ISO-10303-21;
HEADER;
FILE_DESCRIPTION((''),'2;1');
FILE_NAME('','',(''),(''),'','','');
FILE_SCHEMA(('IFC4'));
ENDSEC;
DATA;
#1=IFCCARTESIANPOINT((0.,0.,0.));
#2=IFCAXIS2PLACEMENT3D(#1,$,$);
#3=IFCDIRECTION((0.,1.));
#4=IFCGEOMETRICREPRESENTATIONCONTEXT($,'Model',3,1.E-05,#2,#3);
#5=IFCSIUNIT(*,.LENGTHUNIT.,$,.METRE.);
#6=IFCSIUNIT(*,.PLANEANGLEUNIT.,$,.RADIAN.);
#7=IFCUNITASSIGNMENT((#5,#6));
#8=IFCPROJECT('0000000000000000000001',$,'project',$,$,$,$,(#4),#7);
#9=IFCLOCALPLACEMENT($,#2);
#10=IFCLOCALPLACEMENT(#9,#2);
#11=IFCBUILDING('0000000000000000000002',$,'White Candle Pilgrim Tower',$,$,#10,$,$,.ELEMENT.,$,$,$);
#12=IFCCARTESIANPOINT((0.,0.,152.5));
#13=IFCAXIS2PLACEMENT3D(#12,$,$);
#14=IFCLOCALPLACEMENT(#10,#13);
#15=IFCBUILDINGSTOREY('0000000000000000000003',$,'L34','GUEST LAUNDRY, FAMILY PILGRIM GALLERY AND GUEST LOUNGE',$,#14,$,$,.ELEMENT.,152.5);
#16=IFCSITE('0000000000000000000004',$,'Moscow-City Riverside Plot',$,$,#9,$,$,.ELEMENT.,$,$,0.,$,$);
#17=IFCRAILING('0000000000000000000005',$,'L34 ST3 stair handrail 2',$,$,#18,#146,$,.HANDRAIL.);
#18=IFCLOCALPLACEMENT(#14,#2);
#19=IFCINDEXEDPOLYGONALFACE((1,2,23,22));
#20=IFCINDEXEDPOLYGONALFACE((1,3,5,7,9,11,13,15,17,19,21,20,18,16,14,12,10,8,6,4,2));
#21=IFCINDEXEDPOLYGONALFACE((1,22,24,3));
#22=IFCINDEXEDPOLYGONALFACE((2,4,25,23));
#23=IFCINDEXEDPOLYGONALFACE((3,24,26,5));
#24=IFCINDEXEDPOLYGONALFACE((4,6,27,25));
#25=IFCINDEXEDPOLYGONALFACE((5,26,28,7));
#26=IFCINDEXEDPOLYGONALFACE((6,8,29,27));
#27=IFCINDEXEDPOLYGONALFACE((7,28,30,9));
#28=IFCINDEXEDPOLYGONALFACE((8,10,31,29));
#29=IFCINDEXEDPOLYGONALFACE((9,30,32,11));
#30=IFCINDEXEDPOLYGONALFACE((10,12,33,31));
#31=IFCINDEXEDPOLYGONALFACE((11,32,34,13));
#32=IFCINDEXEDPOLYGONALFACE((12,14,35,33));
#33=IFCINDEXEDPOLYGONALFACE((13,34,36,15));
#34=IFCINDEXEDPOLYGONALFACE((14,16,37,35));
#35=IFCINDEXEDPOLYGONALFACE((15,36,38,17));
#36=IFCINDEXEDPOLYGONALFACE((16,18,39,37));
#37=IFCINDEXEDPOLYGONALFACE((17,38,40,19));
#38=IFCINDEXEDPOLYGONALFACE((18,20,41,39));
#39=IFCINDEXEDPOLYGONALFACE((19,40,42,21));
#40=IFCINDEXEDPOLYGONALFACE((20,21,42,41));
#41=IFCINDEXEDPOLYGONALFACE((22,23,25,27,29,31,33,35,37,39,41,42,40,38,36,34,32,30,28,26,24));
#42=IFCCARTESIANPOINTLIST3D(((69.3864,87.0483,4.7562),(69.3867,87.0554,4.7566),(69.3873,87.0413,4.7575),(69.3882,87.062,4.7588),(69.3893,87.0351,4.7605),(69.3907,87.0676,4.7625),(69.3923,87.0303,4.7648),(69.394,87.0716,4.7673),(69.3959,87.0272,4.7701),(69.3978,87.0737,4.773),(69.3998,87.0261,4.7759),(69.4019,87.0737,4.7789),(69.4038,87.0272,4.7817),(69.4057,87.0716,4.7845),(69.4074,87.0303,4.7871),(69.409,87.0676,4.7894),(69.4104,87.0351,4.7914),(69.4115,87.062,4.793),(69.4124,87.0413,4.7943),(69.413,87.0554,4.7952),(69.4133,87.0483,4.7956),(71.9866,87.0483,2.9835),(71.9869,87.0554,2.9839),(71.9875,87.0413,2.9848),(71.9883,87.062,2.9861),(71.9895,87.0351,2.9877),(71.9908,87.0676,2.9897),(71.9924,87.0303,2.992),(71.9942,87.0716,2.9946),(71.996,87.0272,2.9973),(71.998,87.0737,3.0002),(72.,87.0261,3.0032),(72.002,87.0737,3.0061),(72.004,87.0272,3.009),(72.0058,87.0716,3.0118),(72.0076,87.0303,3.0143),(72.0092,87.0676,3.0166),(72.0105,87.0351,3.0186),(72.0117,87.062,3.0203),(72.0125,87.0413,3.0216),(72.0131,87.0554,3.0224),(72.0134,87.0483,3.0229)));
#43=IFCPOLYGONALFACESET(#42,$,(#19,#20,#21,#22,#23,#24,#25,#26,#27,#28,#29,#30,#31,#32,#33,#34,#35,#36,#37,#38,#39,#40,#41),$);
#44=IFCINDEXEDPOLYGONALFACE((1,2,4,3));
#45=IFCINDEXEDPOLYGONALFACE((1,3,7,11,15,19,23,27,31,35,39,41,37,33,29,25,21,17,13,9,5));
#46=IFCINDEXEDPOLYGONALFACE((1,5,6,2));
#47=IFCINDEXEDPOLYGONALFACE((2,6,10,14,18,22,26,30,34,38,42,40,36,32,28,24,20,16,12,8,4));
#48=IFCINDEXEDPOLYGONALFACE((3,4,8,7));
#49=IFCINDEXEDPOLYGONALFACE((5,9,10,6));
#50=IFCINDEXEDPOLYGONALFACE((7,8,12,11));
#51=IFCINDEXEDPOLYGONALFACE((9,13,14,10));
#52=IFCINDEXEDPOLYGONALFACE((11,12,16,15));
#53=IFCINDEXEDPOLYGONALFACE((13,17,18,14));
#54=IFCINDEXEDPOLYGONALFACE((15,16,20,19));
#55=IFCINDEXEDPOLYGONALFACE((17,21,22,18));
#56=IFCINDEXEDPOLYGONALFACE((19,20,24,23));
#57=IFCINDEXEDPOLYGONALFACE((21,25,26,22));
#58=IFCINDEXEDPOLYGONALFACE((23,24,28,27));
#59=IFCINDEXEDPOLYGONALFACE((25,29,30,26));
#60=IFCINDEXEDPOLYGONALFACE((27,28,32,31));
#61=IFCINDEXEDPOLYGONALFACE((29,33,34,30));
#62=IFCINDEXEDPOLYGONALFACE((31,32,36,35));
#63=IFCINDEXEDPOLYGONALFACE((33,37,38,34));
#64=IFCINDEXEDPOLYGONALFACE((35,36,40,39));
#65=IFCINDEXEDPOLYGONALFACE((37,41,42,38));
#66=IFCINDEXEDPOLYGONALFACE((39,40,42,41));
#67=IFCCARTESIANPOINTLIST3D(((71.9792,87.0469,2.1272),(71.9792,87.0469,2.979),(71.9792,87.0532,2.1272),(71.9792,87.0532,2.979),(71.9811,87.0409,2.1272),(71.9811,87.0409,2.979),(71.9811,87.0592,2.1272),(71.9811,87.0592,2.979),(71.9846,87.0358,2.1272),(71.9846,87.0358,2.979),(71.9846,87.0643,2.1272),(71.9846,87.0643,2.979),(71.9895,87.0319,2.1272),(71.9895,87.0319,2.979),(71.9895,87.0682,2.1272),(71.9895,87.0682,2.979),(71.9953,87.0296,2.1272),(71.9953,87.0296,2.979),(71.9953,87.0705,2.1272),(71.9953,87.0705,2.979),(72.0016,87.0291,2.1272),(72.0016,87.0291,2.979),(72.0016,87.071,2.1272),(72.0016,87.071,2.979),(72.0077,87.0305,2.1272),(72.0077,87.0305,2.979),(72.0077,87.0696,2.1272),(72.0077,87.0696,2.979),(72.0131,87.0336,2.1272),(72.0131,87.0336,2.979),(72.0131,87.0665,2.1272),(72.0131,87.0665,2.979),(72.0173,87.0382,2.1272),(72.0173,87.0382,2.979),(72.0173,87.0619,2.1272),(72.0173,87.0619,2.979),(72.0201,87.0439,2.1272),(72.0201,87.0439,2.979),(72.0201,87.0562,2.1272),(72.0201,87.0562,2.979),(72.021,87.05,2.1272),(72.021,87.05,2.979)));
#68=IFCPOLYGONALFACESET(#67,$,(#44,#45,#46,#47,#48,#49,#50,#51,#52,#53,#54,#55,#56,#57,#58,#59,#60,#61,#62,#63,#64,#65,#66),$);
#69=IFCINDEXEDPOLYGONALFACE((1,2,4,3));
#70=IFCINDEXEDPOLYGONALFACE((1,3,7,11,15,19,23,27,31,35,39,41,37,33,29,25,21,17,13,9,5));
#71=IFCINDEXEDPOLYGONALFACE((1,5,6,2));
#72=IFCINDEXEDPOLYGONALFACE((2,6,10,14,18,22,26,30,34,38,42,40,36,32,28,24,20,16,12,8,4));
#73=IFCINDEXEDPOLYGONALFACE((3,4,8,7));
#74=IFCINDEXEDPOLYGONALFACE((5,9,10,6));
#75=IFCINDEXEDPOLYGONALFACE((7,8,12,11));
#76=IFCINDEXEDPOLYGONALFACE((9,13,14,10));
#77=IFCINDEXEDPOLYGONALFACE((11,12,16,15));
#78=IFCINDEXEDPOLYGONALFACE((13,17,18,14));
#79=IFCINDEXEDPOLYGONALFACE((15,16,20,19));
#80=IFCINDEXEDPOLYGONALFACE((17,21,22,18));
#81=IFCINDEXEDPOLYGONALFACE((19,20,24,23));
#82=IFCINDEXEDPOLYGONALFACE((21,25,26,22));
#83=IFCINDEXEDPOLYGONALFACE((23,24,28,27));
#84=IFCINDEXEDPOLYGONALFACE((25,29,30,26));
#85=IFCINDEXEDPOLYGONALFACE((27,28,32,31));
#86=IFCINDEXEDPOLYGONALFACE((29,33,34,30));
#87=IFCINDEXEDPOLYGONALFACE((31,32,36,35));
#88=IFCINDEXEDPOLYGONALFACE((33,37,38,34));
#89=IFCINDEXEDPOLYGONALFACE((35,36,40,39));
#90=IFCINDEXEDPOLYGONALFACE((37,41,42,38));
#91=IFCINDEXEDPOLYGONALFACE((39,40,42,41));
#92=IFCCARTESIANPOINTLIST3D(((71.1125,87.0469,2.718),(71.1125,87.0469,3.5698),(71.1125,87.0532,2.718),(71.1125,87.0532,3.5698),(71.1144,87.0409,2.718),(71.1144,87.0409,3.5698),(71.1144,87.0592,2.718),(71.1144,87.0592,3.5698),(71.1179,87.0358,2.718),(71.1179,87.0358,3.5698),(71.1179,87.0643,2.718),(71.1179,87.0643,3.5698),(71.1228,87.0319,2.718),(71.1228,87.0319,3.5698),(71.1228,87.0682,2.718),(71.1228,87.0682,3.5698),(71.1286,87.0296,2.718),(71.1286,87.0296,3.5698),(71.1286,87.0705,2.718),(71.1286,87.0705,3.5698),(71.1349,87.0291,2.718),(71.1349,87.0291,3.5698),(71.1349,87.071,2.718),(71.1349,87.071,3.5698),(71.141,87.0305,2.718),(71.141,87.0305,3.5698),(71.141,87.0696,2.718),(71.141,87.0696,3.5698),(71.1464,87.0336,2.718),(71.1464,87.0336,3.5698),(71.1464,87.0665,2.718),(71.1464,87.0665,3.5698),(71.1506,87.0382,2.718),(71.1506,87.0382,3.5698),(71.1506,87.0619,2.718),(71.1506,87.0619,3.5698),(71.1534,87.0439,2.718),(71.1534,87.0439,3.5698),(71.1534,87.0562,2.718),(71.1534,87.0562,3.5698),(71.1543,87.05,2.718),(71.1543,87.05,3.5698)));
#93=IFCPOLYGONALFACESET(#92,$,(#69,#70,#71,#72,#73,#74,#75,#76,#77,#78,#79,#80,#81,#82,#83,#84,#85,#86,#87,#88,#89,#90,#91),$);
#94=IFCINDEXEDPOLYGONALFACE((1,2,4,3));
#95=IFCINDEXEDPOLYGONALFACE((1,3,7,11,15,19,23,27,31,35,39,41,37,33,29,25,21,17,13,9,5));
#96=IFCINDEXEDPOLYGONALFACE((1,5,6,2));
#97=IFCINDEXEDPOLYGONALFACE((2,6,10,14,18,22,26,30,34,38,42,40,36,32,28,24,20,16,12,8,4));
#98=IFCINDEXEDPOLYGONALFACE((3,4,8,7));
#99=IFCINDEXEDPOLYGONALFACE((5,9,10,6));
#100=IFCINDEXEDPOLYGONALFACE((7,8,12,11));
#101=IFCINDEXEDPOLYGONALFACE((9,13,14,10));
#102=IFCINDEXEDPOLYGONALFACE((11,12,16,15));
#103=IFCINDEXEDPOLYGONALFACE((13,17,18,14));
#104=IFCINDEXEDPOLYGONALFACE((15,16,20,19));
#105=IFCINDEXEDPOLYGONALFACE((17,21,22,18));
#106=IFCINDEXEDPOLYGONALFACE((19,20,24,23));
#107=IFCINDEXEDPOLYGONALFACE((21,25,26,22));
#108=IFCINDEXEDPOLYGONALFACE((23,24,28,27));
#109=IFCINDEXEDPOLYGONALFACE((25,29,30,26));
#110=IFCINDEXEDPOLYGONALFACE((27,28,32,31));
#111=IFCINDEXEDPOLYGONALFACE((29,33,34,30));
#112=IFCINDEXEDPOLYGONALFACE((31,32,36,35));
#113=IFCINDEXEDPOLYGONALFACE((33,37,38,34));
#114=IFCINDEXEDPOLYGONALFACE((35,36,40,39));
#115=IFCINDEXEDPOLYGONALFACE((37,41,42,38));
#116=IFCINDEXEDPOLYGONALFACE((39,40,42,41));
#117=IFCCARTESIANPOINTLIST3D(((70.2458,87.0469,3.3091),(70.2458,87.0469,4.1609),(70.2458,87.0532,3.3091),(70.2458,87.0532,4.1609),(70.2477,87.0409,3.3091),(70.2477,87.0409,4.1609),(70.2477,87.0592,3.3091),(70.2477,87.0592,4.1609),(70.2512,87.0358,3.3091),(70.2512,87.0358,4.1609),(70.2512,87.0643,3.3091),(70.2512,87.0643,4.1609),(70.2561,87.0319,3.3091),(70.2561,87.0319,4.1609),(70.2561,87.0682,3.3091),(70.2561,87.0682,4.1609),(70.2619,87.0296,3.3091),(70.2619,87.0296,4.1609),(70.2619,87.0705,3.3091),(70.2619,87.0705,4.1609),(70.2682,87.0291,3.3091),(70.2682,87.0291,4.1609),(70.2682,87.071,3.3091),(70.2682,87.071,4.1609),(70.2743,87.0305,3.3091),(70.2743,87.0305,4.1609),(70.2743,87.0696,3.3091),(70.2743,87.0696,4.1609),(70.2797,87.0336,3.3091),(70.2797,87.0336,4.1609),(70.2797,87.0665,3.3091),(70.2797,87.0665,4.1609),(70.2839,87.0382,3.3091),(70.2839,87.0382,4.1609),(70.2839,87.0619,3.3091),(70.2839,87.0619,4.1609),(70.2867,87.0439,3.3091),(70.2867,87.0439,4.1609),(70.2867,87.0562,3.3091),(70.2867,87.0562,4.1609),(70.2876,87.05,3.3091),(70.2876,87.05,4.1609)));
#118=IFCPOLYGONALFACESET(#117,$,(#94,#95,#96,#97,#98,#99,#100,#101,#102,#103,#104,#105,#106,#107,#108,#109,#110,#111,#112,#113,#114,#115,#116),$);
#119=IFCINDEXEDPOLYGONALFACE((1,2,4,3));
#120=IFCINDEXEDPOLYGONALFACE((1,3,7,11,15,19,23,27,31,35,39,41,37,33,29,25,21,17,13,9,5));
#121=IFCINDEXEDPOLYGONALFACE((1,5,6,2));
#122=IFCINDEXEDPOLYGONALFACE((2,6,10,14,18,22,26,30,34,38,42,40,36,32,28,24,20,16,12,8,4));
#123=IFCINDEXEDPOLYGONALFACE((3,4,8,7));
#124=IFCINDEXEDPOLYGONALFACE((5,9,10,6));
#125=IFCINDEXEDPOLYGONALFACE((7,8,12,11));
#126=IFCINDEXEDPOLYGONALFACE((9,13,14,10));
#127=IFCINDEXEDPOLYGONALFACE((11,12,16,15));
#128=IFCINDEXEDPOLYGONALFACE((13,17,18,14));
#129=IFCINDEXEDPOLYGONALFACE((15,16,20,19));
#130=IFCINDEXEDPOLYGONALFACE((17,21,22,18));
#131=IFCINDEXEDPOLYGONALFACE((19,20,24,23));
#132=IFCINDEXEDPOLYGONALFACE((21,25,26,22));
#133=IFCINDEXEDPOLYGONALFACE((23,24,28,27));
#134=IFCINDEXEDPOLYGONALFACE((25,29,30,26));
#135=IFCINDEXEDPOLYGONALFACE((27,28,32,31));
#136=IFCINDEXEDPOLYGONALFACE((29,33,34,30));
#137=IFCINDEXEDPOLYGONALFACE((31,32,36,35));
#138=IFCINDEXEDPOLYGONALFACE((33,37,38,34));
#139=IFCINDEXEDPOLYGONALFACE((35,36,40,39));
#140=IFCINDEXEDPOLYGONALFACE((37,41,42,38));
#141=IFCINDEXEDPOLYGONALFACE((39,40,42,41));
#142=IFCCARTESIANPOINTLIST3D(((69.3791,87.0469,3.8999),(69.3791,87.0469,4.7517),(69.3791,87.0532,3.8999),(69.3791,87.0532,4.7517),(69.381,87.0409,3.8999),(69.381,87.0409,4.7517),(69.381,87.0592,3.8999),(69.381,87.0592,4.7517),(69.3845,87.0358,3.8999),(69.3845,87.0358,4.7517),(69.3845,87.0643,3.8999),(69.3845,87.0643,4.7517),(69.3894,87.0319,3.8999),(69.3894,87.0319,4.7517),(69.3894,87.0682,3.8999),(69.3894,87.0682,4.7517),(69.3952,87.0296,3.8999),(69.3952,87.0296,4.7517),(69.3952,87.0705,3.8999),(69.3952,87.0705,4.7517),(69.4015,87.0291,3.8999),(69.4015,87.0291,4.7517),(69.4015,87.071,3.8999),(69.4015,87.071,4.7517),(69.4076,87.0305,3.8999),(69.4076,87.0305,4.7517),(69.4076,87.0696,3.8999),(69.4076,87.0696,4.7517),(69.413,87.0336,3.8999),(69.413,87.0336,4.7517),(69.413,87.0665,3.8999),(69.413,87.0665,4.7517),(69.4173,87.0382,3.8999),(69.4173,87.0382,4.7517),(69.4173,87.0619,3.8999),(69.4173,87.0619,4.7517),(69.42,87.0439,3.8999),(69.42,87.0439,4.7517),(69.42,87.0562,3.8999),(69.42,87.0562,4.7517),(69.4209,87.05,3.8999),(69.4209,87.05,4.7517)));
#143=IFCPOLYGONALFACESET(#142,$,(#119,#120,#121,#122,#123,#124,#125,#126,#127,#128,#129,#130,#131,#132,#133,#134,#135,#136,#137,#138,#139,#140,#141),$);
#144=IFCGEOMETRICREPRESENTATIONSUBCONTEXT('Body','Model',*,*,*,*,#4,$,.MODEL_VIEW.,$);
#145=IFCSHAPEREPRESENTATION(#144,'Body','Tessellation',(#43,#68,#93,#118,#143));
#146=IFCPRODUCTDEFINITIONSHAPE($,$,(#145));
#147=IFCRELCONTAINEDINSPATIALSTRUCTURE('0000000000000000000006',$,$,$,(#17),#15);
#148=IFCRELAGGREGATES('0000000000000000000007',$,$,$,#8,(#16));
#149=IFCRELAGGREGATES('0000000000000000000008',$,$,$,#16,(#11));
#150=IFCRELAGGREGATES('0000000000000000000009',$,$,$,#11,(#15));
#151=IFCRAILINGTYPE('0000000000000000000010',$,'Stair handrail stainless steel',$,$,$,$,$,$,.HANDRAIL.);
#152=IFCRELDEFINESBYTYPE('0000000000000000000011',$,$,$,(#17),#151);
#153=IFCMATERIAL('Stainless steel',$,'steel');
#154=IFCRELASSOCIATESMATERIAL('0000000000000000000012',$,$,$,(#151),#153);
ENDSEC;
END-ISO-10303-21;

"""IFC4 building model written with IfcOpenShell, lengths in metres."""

from ifc_helpers import new_model, si_unit, direction, frame, origin, origin_2d, place, context, subcontext, project, spatial, circle, extrude, material, type_object, element, save


model = new_model("IFC4")

# Units and contexts
model_context = context("Model", 3, precision=1e-05, world=origin(), true_north=direction((0.0, 1.0)))
body_context = subcontext(model_context, "Body", "Model", "MODEL_VIEW")
ifc_project = project(units=[si_unit("LENGTHUNIT", "METRE"), si_unit("PLANEANGLEUNIT", "RADIAN")], contexts=[model_context])

# Site, building, storey
site_placement = place(None, origin())
site = spatial("IfcSite", under=ifc_project, at=site_placement, Name="Moscow-City Riverside Plot", CompositionType="ELEMENT", RefElevation=0.0)
building_placement = place(site_placement, origin())
building = spatial("IfcBuilding", under=site, at=building_placement, Name="White Candle Pilgrim Tower", CompositionType="ELEMENT")
storey_placement = place(building_placement, frame((0.0, 0.0, 152.5)))
storey = spatial("IfcBuildingStorey", under=building, at=storey_placement, Name="L34", Description="GUEST LAUNDRY, FAMILY PILGRIM GALLERY AND GUEST LOUNGE", CompositionType="ELEMENT", Elevation=152.5)

# Shared definitions
ifc_material_1 = material(Name="Stainless steel", Category="steel")

# Railing
railing_type_1 = type_object("IfcRailingType", Name="Stair handrail stainless steel", PredefinedType="HANDRAIL", material=ifc_material_1)
railing_1_placement = place(storey_placement, frame((72.0, 87.05, 2.1272)))
element("IfcRailing", 1, at=railing_1_placement, inside=storey, type_object=railing_type_1, Name="L34 ST3 stair handrail 2", PredefinedType="HANDRAIL", context=body_context, shape_type="SweptSolid", body=[
    extrude(circle(Radius=0.0239, at=origin_2d()), frame((0.0, 0.0, 0.876), z_axis=(-0.82624, 0.0, 0.563318), x_axis=(0.0, -1.0, 0.0)), (0.0, 0.0, 1.0), 3.147),
    extrude(circle(Radius=0.021, at=origin_2d()), origin(), (0.0, 0.0, 1.0), 0.8518),
    extrude(circle(Radius=0.021, at=origin_2d()), frame((-0.8667, 0.0, 0.5908)), (0.0, 0.0, 1.0), 0.8518),
    extrude(circle(Radius=0.021, at=origin_2d()), frame((-1.7334, 0.0, 1.1819)), (0.0, 0.0, 1.0), 0.8518),
    extrude(circle(Radius=0.021, at=origin_2d()), frame((-2.6001, 0.0, 1.7727)), (0.0, 0.0, 1.0), 0.8518),
])

save(model, "model.ifc")
